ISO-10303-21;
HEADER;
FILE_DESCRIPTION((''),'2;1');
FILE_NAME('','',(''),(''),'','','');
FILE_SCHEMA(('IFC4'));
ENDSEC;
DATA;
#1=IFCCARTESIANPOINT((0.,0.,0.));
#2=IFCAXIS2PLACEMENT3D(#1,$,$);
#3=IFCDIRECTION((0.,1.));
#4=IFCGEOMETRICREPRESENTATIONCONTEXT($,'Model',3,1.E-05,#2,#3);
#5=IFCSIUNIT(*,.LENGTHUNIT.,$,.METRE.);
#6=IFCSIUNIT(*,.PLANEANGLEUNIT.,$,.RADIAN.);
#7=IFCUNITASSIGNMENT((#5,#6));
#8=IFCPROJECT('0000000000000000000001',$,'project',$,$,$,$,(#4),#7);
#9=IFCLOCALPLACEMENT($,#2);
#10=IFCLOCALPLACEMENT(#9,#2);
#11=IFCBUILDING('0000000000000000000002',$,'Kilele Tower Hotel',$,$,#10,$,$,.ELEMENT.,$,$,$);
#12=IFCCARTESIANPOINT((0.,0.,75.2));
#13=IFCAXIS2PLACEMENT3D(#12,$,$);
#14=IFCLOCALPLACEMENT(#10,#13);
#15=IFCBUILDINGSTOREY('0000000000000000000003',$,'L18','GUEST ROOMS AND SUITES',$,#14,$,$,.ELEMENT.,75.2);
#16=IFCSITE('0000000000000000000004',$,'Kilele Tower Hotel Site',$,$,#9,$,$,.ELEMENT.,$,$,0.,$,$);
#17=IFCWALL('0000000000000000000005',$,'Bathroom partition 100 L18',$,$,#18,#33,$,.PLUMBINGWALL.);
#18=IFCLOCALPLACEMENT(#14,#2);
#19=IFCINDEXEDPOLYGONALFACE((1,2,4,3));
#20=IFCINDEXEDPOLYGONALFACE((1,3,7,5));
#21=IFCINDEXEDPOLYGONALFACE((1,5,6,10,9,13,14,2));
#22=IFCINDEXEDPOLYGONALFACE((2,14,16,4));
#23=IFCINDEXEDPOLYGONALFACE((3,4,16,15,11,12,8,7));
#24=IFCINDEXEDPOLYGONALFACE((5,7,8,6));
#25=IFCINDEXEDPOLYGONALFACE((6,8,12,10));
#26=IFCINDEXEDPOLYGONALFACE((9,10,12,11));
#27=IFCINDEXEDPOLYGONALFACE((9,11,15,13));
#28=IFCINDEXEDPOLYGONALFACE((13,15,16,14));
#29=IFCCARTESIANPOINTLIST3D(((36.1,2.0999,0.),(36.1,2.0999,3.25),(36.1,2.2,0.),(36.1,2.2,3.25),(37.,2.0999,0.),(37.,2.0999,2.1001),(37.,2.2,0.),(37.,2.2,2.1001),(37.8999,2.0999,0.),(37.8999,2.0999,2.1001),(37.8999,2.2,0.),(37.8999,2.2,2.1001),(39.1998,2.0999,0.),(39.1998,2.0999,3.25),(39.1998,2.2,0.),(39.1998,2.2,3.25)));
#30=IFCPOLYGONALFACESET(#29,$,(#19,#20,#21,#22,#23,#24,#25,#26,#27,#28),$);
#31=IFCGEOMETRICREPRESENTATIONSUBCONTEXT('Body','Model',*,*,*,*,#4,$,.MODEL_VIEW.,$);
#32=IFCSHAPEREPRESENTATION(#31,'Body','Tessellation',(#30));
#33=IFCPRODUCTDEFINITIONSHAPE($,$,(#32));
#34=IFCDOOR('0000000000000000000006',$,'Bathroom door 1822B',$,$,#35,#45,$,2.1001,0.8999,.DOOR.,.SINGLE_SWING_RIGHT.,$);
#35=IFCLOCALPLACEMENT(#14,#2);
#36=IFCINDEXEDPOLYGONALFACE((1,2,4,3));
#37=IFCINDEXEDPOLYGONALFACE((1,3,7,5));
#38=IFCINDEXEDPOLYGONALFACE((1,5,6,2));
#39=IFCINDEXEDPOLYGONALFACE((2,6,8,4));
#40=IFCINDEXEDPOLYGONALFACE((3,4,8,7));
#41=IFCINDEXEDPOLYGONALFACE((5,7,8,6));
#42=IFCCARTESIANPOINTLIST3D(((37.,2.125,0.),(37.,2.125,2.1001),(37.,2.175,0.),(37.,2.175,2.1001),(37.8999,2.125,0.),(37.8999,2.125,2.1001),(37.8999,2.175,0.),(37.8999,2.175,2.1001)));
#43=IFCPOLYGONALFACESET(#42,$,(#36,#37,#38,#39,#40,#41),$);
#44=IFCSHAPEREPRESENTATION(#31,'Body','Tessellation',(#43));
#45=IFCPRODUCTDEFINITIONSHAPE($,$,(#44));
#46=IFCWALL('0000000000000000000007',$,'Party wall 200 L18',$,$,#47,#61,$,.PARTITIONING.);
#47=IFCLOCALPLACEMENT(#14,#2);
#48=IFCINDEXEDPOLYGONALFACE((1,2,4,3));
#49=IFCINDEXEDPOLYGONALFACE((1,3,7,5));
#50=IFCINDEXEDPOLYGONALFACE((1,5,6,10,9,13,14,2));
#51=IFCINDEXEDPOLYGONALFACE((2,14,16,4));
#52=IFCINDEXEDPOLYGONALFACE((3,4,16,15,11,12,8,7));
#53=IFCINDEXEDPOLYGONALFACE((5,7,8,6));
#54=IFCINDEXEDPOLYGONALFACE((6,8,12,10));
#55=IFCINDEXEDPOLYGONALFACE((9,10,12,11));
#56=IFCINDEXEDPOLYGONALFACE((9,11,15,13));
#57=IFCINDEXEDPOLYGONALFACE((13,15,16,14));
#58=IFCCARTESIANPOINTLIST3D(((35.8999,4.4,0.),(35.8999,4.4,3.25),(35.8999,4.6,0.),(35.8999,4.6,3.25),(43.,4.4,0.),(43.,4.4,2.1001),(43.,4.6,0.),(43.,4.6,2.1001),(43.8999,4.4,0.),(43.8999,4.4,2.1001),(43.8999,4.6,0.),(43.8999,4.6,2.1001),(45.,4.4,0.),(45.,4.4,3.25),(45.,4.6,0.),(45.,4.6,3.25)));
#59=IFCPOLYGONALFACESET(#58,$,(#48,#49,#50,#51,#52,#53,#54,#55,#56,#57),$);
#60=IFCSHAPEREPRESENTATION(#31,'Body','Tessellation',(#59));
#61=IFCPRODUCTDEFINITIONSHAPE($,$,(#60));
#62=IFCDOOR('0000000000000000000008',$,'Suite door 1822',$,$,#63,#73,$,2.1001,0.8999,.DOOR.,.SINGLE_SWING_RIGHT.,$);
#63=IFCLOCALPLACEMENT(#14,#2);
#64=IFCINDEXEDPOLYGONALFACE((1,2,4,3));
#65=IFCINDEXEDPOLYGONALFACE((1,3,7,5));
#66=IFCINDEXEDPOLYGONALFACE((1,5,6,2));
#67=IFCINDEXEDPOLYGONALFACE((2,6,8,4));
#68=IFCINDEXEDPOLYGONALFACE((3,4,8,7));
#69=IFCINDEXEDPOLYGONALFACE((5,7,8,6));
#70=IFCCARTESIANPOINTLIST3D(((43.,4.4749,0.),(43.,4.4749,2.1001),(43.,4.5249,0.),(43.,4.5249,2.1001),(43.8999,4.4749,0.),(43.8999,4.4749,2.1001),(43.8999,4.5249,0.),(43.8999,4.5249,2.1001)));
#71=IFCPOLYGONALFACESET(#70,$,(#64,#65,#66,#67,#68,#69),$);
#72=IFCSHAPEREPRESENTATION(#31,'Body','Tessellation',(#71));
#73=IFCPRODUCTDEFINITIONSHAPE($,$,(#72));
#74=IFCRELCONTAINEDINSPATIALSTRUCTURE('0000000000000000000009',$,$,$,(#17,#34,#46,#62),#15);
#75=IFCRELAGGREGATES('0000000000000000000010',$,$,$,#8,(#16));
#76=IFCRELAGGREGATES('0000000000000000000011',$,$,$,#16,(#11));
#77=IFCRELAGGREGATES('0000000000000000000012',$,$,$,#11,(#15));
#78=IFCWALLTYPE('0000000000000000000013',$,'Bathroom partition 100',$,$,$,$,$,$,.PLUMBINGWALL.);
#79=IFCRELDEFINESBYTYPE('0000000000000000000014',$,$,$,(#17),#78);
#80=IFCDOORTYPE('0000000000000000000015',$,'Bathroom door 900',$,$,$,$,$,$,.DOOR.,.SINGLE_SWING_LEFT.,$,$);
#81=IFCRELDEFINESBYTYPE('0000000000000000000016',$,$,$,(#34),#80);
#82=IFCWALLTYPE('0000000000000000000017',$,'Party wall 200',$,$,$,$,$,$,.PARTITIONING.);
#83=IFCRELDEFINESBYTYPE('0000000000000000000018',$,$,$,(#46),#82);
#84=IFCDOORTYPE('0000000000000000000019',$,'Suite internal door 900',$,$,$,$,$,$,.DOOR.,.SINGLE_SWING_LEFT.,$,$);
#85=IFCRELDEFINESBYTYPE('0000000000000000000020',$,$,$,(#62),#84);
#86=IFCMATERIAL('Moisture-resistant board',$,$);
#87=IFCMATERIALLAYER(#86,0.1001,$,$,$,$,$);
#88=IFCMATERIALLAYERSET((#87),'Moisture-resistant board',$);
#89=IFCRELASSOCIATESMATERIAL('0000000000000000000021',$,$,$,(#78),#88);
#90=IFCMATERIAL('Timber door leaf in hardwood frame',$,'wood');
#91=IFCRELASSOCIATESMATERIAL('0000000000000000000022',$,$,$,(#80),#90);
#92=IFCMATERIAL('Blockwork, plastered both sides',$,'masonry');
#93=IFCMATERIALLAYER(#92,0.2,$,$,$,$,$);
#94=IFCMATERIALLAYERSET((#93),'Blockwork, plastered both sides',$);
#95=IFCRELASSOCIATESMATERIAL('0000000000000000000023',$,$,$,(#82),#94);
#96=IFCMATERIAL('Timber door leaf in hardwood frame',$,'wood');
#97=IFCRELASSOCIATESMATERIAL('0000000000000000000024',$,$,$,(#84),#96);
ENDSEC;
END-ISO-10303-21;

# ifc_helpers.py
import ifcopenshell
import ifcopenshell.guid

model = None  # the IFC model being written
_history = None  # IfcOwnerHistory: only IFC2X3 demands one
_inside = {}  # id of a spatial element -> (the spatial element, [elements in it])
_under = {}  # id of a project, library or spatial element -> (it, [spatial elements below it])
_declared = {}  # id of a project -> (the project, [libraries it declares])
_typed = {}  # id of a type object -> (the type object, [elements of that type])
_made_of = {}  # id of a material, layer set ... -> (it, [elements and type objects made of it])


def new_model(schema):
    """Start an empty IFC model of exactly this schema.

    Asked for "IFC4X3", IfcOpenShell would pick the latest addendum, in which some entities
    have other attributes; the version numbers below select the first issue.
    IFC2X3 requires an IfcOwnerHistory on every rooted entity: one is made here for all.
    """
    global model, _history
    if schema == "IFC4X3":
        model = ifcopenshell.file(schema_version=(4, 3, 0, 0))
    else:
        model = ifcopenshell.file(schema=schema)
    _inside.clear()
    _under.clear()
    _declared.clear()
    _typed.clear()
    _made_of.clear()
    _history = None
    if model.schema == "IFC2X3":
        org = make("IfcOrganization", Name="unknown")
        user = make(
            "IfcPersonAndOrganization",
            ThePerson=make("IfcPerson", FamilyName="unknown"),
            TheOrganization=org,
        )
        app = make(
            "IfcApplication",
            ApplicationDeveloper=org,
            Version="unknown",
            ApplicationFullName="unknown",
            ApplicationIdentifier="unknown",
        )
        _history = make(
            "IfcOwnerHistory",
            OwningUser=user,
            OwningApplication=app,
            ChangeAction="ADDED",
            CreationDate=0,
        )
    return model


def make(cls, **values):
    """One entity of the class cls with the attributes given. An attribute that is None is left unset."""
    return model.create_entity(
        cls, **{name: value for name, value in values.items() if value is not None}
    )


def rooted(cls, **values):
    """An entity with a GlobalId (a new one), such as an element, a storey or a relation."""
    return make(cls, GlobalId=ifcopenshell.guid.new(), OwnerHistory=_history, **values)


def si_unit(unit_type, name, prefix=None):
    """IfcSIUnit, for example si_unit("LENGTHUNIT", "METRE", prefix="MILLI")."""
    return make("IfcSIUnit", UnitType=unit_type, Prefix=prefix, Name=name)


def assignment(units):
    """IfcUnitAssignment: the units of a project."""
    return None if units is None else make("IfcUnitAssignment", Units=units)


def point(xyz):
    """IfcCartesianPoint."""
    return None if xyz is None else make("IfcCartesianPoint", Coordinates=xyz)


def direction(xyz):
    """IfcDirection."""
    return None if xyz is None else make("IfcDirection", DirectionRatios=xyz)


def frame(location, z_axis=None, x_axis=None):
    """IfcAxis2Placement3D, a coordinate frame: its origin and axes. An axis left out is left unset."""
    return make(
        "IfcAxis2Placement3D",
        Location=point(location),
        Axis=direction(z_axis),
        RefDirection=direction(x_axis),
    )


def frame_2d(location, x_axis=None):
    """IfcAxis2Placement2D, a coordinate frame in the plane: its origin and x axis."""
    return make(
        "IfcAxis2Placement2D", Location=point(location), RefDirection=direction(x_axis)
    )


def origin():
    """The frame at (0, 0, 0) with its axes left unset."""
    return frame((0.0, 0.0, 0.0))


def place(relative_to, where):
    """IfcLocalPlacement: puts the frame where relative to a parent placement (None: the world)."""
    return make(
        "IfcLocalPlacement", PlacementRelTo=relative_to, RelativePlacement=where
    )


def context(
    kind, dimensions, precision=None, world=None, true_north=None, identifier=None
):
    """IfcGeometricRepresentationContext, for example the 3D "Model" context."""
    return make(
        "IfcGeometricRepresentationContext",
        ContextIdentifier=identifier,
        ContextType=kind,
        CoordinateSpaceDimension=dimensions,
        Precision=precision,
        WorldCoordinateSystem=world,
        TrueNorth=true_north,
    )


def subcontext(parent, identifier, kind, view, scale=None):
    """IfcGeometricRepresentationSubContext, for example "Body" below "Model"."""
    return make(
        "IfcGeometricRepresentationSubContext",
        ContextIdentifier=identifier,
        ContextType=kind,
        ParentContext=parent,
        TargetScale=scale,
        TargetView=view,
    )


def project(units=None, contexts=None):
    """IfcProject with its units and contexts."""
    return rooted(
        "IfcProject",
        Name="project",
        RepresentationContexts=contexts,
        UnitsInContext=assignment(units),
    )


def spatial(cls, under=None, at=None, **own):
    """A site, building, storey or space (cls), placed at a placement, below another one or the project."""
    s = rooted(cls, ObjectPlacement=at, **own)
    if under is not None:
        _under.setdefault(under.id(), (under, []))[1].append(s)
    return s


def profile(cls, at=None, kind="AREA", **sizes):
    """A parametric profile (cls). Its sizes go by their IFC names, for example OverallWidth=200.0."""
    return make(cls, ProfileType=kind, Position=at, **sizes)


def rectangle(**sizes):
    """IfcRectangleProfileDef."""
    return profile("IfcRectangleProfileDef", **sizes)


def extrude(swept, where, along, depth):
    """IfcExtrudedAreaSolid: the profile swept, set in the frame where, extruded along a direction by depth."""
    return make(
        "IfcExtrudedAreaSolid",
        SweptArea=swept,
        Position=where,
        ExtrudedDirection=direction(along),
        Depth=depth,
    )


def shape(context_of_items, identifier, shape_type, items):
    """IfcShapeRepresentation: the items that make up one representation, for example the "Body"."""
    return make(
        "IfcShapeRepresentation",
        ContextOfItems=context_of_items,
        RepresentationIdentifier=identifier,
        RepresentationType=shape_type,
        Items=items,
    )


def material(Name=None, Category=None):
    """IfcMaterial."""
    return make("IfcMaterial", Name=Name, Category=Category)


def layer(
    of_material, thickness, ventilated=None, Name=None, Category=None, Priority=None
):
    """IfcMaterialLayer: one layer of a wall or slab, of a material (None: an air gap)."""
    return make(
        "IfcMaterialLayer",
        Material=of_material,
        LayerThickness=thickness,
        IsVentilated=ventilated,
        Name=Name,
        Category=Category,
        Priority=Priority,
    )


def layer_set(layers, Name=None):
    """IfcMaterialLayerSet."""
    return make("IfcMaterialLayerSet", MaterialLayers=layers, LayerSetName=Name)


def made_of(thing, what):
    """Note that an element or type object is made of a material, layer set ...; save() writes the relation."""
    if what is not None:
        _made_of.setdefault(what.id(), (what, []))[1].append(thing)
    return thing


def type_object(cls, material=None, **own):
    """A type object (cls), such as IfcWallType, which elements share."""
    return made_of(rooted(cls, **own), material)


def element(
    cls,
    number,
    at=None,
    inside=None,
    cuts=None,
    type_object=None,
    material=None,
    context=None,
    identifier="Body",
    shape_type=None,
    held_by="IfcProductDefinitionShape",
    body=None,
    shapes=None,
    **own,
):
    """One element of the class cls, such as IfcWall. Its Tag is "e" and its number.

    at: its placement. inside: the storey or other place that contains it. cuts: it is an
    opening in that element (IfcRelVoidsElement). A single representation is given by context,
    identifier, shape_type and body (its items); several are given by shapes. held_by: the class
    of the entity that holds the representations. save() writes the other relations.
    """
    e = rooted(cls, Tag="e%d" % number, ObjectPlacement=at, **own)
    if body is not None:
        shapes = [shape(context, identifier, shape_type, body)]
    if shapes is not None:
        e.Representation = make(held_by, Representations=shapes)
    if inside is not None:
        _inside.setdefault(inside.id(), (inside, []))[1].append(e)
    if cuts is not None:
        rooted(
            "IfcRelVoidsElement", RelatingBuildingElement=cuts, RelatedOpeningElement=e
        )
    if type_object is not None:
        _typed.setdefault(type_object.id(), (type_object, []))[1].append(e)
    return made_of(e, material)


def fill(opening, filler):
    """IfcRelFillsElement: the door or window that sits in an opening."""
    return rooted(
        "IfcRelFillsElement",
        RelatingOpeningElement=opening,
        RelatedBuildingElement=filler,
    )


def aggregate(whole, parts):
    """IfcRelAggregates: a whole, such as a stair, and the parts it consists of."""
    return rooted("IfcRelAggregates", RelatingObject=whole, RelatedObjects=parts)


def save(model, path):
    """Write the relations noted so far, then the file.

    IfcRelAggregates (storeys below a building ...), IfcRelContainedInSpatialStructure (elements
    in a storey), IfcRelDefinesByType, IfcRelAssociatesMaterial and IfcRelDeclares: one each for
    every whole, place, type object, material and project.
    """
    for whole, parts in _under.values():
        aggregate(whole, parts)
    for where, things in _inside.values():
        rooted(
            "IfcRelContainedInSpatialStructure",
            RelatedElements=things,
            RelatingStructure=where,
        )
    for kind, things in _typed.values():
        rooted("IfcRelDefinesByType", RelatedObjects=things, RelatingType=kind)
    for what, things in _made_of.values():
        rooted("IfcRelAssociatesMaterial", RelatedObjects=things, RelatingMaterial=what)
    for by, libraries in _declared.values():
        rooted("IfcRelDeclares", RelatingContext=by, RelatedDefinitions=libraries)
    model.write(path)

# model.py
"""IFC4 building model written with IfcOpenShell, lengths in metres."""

from ifc_helpers import new_model, si_unit, direction, frame, frame_2d, origin, place, context, subcontext, project, spatial, rectangle, extrude, material, layer, layer_set, type_object, element, fill, save


model = new_model("IFC4")

# Units and contexts
model_context = context("Model", 3, precision=1e-05, world=origin(), true_north=direction((0.0, 1.0)))
body_context = subcontext(model_context, "Body", "Model", "MODEL_VIEW")
ifc_project = project(units=[si_unit("LENGTHUNIT", "METRE"), si_unit("PLANEANGLEUNIT", "RADIAN")], contexts=[model_context])

# Site, building, storey
site_placement = place(None, origin())
site = spatial("IfcSite", under=ifc_project, at=site_placement, Name="Kilele Tower Hotel Site", CompositionType="ELEMENT", RefElevation=0.0)
building_placement = place(site_placement, origin())
building = spatial("IfcBuilding", under=site, at=building_placement, Name="Kilele Tower Hotel", CompositionType="ELEMENT")
storey_placement = place(building_placement, frame((0.0, 0.0, 75.2)))
storey = spatial("IfcBuildingStorey", under=building, at=storey_placement, Name="L18", Description="GUEST ROOMS AND SUITES", CompositionType="ELEMENT", Elevation=75.2)

# Shared definitions
ifc_material_1 = material(Name="Moisture-resistant board")
ifc_layer_1 = layer(ifc_material_1, 0.1001)
ifc_layer_set_1 = layer_set([ifc_layer_1], Name="Moisture-resistant board")
wall_type_1 = type_object("IfcWallType", Name="Bathroom partition 100", PredefinedType="PLUMBINGWALL", material=ifc_layer_set_1)

# Walls, openings, doors
ifc_material_2 = material(Name="Timber door leaf in hardwood frame", Category="wood")
door_type_1 = type_object("IfcDoorType", Name="Bathroom door 900", OperationType="SINGLE_SWING_LEFT", PredefinedType="DOOR", material=ifc_material_2)
wall_1_placement = place(storey_placement, frame((36.1001, 2.1499, 0.0), z_axis=(0.0, 0.0, 1.0), x_axis=(1.0, 0.0, 0.0)))
wall_1 = element("IfcWall", 1, at=wall_1_placement, inside=storey, type_object=wall_type_1, Name="Bathroom partition 100 L18", PredefinedType="PLUMBINGWALL", context=body_context, shape_type="SweptSolid", body=[
    extrude(rectangle(XDim=3.0999, YDim=0.1001, at=frame_2d((1.5498, 0.0))), origin(), (0.0, 0.0, 1.0), 3.25),
])
opening_1_placement = place(wall_1_placement, frame((1.7998, 0.0, 0.0), z_axis=(0.0, 0.0, 1.0), x_axis=(-1.0, 0.0, 0.0)))
opening_1 = element("IfcOpeningElement", 2, at=opening_1_placement, cuts=wall_1, PredefinedType="OPENING", context=body_context, shape_type="SweptSolid", body=[
    extrude(rectangle(XDim=0.8999, YDim=2.1001, at=frame_2d((0.45, 1.05))), frame((0.0, 0.0601, 0.0), z_axis=(0.0, -1.0, 0.0), x_axis=(1.0, 0.0, 0.0)), (0.0, 0.0, 1.0), 0.1201),
])
door_1_placement = place(opening_1_placement, origin())
door_1 = element("IfcDoor", 3, at=door_1_placement, inside=storey, type_object=door_type_1, Name="Bathroom door 1822B", OperationType="SINGLE_SWING_RIGHT", OverallHeight=2.1001, OverallWidth=0.8999, PredefinedType="DOOR", context=body_context, shape_type="SweptSolid", body=[
    extrude(rectangle(XDim=0.8999, YDim=2.1001, at=frame_2d((0.45, 1.05))), frame((0.0, 0.0249, 0.0), z_axis=(0.0, -1.0, 0.0), x_axis=(1.0, 0.0, 0.0)), (0.0, 0.0, 1.0), 0.05),
])
fill(opening_1, door_1)
ifc_material_3 = material(Name="Blockwork, plastered both sides", Category="masonry")
ifc_layer_2 = layer(ifc_material_3, 0.2)
ifc_layer_set_2 = layer_set([ifc_layer_2], Name="Blockwork, plastered both sides")
wall_type_2 = type_object("IfcWallType", Name="Party wall 200", PredefinedType="PARTITIONING", material=ifc_layer_set_2)
wall_2_placement = place(storey_placement, frame((35.8999, 4.5, 0.0), z_axis=(0.0, 0.0, 1.0), x_axis=(1.0, 0.0, 0.0)))
wall_2 = element("IfcWall", 4, at=wall_2_placement, inside=storey, type_object=wall_type_2, Name="Party wall 200 L18", PredefinedType="PARTITIONING", context=body_context, shape_type="SweptSolid", body=[
    extrude(rectangle(XDim=9.1001, YDim=0.2, at=frame_2d((4.55, 0.0))), origin(), (0.0, 0.0, 1.0), 3.25),
])
opening_2_placement = place(wall_2_placement, frame((7.1001, 0.0, 0.0)))
opening_2 = element("IfcOpeningElement", 5, at=opening_2_placement, cuts=wall_2, PredefinedType="OPENING", context=body_context, shape_type="SweptSolid", body=[
    extrude(rectangle(XDim=0.8999, YDim=2.1001, at=frame_2d((0.45, 1.05))), frame((0.0, 0.1099, 0.0), z_axis=(0.0, -1.0, 0.0), x_axis=(1.0, 0.0, 0.0)), (0.0, 0.0, 1.0), 0.22),
])
ifc_material_4 = material(Name="Timber door leaf in hardwood frame", Category="wood")
door_type_2 = type_object("IfcDoorType", Name="Suite internal door 900", OperationType="SINGLE_SWING_LEFT", PredefinedType="DOOR", material=ifc_material_4)
door_2_placement = place(opening_2_placement, origin())
door_2 = element("IfcDoor", 6, at=door_2_placement, inside=storey, type_object=door_type_2, Name="Suite door 1822", OperationType="SINGLE_SWING_RIGHT", OverallHeight=2.1001, OverallWidth=0.8999, PredefinedType="DOOR", context=body_context, shape_type="SweptSolid", body=[
    extrude(rectangle(XDim=0.8999, YDim=2.1001, at=frame_2d((0.45, 1.05))), frame((0.0, 0.0249, 0.0), z_axis=(0.0, -1.0, 0.0), x_axis=(1.0, 0.0, 0.0)), (0.0, 0.0, 1.0), 0.05),
])
fill(opening_2, door_2)

save(model, "model.ifc")
